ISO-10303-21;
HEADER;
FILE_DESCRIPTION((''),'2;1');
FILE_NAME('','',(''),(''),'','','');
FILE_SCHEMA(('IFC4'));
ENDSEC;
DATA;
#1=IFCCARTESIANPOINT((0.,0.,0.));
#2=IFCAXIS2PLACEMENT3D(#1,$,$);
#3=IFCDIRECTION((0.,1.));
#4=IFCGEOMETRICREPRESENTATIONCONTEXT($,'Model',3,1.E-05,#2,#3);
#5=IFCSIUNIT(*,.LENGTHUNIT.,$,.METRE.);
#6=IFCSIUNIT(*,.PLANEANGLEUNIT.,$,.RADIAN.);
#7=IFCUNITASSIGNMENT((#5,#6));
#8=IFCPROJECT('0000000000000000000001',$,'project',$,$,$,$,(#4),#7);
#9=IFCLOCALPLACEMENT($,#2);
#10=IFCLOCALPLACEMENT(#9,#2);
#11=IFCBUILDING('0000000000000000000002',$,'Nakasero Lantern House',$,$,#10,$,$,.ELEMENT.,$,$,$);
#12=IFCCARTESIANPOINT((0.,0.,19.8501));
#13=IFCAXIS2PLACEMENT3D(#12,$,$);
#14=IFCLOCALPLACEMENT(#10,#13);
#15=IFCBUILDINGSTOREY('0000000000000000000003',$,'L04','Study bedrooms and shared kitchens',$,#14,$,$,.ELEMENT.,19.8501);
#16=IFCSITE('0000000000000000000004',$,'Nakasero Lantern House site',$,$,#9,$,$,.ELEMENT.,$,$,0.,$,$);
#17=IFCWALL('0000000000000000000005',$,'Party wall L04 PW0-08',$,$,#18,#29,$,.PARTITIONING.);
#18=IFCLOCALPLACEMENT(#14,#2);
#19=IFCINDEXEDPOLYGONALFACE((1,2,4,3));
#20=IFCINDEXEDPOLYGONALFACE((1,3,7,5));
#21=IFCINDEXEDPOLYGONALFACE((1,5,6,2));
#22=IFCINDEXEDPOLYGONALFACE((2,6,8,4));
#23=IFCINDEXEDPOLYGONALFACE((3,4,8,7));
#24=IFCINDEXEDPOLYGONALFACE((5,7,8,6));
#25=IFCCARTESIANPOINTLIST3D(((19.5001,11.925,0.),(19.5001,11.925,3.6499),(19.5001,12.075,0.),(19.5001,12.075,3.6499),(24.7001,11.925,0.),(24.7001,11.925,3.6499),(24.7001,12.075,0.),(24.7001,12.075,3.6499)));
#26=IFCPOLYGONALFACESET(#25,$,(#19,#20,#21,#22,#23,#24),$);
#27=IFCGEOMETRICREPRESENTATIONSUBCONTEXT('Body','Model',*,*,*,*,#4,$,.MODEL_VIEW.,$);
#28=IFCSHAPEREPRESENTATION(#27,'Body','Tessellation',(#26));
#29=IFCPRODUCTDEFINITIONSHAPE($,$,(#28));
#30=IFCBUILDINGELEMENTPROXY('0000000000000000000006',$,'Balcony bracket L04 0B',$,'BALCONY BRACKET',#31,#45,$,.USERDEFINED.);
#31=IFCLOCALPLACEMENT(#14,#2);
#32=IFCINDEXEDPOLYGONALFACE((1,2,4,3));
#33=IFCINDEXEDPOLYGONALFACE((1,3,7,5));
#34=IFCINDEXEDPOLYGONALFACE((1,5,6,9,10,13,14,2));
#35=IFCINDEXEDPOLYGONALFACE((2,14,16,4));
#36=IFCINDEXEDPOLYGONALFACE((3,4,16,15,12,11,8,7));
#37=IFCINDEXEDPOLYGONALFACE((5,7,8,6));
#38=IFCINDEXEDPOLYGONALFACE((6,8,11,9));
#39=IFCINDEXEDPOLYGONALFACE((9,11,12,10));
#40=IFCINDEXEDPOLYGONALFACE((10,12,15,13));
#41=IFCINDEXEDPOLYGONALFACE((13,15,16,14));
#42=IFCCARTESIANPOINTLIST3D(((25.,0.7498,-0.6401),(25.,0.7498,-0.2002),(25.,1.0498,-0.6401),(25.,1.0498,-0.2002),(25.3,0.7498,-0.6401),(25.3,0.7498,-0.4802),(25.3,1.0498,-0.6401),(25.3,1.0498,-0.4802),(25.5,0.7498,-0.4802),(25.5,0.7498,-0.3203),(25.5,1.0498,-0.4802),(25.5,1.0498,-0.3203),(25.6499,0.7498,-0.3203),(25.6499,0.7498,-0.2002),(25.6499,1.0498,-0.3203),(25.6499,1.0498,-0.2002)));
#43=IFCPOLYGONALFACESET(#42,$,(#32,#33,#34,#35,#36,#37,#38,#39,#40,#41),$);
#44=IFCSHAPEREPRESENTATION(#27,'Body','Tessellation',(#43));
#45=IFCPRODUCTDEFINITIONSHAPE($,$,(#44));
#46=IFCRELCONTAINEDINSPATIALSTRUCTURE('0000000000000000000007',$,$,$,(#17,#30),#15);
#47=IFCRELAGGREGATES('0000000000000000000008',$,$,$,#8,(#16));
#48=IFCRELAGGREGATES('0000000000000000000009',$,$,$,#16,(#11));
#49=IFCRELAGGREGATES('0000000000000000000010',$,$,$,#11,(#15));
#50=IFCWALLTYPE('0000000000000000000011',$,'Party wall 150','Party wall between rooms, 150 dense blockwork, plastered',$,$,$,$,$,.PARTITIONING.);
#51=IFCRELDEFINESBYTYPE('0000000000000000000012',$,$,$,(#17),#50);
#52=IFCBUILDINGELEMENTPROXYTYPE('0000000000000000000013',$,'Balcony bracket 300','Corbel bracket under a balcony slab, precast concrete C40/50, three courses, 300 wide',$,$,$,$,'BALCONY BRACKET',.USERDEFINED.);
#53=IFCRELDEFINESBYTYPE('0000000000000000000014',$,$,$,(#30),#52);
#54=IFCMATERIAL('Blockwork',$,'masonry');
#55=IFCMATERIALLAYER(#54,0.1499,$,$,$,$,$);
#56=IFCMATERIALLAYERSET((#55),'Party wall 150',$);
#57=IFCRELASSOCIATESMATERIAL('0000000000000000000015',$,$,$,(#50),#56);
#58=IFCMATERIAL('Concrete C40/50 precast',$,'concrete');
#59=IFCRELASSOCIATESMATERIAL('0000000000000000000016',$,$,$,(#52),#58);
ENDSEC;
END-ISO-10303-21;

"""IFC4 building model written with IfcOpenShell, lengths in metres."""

from ifc_helpers import new_model, si_unit, direction, frame, frame_2d, origin, place, context, subcontext, project, spatial, polyline, rectangle, outline, extrude, material, layer, layer_set, type_object, element, save


model = new_model("IFC4")

# Units and contexts
model_context = context("Model", 3, precision=1e-05, world=origin(), true_north=direction((0.0, 1.0)))
body_context = subcontext(model_context, "Body", "Model", "MODEL_VIEW")
ifc_project = project(units=[si_unit("LENGTHUNIT", "METRE"), si_unit("PLANEANGLEUNIT", "RADIAN")], contexts=[model_context])

# Site, building, storey
site_placement = place(None, origin())
site = spatial("IfcSite", under=ifc_project, at=site_placement, Name="Nakasero Lantern House site", CompositionType="ELEMENT", RefElevation=0.0)
building_placement = place(site_placement, origin())
building = spatial("IfcBuilding", under=site, at=building_placement, Name="Nakasero Lantern House", CompositionType="ELEMENT")
storey_placement = place(building_placement, frame((0.0, 0.0, 19.8501)))
storey = spatial("IfcBuildingStorey", under=building, at=storey_placement, Name="L04", Description="Study bedrooms and shared kitchens", CompositionType="ELEMENT", Elevation=19.8501)

# Wall
ifc_material_1 = material(Name="Blockwork", Category="masonry")
ifc_layer_1 = layer(ifc_material_1, 0.1499)
ifc_layer_set_1 = layer_set([ifc_layer_1], Name="Party wall 150")
wall_type_1 = type_object("IfcWallType", Name="Party wall 150", Description="Party wall between rooms, 150 dense blockwork, plastered", PredefinedType="PARTITIONING", material=ifc_layer_set_1)
for number, where, z_axis, x_axis, name in (
    (1, (19.5, 12.0, 0.0), (0.0, 0.0, 1.0), (1.0, 0.0, 0.0), "Party wall L04 PW0-08"),
):
    element("IfcWall", number, at=place(storey_placement, frame(where, z_axis=z_axis, x_axis=x_axis)), inside=storey, type_object=wall_type_1, Name=name, PredefinedType="PARTITIONING", context=body_context, shape_type="SweptSolid", body=[
        extrude(rectangle(XDim=5.2, YDim=0.1499, at=frame_2d((2.6001, 0.0))), origin(), (0.0, 0.0, 1.0), 3.6499),
    ])

# Building element proxy
ifc_material_2 = material(Name="Concrete C40/50 precast", Category="concrete")
building_element_proxy_type = type_object("IfcBuildingElementProxyType", Name="Balcony bracket 300", Description="Corbel bracket under a balcony slab, precast concrete C40/50, three courses, 300 wide", ElementType="BALCONY BRACKET", PredefinedType="USERDEFINED", material=ifc_material_2)
proxy_placement = place(storey_placement, frame((25.0, 0.8999, -0.2002), z_axis=(0.0, 0.0, 1.0), x_axis=(1.0, 0.0, 0.0)))
element("IfcBuildingElementProxy", 2, at=proxy_placement, inside=storey, type_object=building_element_proxy_type, Name="Balcony bracket L04 0B", ObjectType="BALCONY BRACKET", PredefinedType="USERDEFINED", context=body_context, shape_type="SweptSolid", body=[
    extrude(outline(polyline([(0.0, 0.0), (0.6499, 0.0), (0.6499, -0.1201), (0.5, -0.1201), (0.5, -0.28), (0.3, -0.28), (0.3, -0.4399), (0.0, -0.4399), (0.0, 0.0)])), frame((0.0, 0.1499, 0.0), z_axis=(0.0, -1.0, 0.0), x_axis=(1.0, 0.0, 0.0)), (0.0, 0.0, 1.0), 0.3),
])

save(model, "model.ifc")
